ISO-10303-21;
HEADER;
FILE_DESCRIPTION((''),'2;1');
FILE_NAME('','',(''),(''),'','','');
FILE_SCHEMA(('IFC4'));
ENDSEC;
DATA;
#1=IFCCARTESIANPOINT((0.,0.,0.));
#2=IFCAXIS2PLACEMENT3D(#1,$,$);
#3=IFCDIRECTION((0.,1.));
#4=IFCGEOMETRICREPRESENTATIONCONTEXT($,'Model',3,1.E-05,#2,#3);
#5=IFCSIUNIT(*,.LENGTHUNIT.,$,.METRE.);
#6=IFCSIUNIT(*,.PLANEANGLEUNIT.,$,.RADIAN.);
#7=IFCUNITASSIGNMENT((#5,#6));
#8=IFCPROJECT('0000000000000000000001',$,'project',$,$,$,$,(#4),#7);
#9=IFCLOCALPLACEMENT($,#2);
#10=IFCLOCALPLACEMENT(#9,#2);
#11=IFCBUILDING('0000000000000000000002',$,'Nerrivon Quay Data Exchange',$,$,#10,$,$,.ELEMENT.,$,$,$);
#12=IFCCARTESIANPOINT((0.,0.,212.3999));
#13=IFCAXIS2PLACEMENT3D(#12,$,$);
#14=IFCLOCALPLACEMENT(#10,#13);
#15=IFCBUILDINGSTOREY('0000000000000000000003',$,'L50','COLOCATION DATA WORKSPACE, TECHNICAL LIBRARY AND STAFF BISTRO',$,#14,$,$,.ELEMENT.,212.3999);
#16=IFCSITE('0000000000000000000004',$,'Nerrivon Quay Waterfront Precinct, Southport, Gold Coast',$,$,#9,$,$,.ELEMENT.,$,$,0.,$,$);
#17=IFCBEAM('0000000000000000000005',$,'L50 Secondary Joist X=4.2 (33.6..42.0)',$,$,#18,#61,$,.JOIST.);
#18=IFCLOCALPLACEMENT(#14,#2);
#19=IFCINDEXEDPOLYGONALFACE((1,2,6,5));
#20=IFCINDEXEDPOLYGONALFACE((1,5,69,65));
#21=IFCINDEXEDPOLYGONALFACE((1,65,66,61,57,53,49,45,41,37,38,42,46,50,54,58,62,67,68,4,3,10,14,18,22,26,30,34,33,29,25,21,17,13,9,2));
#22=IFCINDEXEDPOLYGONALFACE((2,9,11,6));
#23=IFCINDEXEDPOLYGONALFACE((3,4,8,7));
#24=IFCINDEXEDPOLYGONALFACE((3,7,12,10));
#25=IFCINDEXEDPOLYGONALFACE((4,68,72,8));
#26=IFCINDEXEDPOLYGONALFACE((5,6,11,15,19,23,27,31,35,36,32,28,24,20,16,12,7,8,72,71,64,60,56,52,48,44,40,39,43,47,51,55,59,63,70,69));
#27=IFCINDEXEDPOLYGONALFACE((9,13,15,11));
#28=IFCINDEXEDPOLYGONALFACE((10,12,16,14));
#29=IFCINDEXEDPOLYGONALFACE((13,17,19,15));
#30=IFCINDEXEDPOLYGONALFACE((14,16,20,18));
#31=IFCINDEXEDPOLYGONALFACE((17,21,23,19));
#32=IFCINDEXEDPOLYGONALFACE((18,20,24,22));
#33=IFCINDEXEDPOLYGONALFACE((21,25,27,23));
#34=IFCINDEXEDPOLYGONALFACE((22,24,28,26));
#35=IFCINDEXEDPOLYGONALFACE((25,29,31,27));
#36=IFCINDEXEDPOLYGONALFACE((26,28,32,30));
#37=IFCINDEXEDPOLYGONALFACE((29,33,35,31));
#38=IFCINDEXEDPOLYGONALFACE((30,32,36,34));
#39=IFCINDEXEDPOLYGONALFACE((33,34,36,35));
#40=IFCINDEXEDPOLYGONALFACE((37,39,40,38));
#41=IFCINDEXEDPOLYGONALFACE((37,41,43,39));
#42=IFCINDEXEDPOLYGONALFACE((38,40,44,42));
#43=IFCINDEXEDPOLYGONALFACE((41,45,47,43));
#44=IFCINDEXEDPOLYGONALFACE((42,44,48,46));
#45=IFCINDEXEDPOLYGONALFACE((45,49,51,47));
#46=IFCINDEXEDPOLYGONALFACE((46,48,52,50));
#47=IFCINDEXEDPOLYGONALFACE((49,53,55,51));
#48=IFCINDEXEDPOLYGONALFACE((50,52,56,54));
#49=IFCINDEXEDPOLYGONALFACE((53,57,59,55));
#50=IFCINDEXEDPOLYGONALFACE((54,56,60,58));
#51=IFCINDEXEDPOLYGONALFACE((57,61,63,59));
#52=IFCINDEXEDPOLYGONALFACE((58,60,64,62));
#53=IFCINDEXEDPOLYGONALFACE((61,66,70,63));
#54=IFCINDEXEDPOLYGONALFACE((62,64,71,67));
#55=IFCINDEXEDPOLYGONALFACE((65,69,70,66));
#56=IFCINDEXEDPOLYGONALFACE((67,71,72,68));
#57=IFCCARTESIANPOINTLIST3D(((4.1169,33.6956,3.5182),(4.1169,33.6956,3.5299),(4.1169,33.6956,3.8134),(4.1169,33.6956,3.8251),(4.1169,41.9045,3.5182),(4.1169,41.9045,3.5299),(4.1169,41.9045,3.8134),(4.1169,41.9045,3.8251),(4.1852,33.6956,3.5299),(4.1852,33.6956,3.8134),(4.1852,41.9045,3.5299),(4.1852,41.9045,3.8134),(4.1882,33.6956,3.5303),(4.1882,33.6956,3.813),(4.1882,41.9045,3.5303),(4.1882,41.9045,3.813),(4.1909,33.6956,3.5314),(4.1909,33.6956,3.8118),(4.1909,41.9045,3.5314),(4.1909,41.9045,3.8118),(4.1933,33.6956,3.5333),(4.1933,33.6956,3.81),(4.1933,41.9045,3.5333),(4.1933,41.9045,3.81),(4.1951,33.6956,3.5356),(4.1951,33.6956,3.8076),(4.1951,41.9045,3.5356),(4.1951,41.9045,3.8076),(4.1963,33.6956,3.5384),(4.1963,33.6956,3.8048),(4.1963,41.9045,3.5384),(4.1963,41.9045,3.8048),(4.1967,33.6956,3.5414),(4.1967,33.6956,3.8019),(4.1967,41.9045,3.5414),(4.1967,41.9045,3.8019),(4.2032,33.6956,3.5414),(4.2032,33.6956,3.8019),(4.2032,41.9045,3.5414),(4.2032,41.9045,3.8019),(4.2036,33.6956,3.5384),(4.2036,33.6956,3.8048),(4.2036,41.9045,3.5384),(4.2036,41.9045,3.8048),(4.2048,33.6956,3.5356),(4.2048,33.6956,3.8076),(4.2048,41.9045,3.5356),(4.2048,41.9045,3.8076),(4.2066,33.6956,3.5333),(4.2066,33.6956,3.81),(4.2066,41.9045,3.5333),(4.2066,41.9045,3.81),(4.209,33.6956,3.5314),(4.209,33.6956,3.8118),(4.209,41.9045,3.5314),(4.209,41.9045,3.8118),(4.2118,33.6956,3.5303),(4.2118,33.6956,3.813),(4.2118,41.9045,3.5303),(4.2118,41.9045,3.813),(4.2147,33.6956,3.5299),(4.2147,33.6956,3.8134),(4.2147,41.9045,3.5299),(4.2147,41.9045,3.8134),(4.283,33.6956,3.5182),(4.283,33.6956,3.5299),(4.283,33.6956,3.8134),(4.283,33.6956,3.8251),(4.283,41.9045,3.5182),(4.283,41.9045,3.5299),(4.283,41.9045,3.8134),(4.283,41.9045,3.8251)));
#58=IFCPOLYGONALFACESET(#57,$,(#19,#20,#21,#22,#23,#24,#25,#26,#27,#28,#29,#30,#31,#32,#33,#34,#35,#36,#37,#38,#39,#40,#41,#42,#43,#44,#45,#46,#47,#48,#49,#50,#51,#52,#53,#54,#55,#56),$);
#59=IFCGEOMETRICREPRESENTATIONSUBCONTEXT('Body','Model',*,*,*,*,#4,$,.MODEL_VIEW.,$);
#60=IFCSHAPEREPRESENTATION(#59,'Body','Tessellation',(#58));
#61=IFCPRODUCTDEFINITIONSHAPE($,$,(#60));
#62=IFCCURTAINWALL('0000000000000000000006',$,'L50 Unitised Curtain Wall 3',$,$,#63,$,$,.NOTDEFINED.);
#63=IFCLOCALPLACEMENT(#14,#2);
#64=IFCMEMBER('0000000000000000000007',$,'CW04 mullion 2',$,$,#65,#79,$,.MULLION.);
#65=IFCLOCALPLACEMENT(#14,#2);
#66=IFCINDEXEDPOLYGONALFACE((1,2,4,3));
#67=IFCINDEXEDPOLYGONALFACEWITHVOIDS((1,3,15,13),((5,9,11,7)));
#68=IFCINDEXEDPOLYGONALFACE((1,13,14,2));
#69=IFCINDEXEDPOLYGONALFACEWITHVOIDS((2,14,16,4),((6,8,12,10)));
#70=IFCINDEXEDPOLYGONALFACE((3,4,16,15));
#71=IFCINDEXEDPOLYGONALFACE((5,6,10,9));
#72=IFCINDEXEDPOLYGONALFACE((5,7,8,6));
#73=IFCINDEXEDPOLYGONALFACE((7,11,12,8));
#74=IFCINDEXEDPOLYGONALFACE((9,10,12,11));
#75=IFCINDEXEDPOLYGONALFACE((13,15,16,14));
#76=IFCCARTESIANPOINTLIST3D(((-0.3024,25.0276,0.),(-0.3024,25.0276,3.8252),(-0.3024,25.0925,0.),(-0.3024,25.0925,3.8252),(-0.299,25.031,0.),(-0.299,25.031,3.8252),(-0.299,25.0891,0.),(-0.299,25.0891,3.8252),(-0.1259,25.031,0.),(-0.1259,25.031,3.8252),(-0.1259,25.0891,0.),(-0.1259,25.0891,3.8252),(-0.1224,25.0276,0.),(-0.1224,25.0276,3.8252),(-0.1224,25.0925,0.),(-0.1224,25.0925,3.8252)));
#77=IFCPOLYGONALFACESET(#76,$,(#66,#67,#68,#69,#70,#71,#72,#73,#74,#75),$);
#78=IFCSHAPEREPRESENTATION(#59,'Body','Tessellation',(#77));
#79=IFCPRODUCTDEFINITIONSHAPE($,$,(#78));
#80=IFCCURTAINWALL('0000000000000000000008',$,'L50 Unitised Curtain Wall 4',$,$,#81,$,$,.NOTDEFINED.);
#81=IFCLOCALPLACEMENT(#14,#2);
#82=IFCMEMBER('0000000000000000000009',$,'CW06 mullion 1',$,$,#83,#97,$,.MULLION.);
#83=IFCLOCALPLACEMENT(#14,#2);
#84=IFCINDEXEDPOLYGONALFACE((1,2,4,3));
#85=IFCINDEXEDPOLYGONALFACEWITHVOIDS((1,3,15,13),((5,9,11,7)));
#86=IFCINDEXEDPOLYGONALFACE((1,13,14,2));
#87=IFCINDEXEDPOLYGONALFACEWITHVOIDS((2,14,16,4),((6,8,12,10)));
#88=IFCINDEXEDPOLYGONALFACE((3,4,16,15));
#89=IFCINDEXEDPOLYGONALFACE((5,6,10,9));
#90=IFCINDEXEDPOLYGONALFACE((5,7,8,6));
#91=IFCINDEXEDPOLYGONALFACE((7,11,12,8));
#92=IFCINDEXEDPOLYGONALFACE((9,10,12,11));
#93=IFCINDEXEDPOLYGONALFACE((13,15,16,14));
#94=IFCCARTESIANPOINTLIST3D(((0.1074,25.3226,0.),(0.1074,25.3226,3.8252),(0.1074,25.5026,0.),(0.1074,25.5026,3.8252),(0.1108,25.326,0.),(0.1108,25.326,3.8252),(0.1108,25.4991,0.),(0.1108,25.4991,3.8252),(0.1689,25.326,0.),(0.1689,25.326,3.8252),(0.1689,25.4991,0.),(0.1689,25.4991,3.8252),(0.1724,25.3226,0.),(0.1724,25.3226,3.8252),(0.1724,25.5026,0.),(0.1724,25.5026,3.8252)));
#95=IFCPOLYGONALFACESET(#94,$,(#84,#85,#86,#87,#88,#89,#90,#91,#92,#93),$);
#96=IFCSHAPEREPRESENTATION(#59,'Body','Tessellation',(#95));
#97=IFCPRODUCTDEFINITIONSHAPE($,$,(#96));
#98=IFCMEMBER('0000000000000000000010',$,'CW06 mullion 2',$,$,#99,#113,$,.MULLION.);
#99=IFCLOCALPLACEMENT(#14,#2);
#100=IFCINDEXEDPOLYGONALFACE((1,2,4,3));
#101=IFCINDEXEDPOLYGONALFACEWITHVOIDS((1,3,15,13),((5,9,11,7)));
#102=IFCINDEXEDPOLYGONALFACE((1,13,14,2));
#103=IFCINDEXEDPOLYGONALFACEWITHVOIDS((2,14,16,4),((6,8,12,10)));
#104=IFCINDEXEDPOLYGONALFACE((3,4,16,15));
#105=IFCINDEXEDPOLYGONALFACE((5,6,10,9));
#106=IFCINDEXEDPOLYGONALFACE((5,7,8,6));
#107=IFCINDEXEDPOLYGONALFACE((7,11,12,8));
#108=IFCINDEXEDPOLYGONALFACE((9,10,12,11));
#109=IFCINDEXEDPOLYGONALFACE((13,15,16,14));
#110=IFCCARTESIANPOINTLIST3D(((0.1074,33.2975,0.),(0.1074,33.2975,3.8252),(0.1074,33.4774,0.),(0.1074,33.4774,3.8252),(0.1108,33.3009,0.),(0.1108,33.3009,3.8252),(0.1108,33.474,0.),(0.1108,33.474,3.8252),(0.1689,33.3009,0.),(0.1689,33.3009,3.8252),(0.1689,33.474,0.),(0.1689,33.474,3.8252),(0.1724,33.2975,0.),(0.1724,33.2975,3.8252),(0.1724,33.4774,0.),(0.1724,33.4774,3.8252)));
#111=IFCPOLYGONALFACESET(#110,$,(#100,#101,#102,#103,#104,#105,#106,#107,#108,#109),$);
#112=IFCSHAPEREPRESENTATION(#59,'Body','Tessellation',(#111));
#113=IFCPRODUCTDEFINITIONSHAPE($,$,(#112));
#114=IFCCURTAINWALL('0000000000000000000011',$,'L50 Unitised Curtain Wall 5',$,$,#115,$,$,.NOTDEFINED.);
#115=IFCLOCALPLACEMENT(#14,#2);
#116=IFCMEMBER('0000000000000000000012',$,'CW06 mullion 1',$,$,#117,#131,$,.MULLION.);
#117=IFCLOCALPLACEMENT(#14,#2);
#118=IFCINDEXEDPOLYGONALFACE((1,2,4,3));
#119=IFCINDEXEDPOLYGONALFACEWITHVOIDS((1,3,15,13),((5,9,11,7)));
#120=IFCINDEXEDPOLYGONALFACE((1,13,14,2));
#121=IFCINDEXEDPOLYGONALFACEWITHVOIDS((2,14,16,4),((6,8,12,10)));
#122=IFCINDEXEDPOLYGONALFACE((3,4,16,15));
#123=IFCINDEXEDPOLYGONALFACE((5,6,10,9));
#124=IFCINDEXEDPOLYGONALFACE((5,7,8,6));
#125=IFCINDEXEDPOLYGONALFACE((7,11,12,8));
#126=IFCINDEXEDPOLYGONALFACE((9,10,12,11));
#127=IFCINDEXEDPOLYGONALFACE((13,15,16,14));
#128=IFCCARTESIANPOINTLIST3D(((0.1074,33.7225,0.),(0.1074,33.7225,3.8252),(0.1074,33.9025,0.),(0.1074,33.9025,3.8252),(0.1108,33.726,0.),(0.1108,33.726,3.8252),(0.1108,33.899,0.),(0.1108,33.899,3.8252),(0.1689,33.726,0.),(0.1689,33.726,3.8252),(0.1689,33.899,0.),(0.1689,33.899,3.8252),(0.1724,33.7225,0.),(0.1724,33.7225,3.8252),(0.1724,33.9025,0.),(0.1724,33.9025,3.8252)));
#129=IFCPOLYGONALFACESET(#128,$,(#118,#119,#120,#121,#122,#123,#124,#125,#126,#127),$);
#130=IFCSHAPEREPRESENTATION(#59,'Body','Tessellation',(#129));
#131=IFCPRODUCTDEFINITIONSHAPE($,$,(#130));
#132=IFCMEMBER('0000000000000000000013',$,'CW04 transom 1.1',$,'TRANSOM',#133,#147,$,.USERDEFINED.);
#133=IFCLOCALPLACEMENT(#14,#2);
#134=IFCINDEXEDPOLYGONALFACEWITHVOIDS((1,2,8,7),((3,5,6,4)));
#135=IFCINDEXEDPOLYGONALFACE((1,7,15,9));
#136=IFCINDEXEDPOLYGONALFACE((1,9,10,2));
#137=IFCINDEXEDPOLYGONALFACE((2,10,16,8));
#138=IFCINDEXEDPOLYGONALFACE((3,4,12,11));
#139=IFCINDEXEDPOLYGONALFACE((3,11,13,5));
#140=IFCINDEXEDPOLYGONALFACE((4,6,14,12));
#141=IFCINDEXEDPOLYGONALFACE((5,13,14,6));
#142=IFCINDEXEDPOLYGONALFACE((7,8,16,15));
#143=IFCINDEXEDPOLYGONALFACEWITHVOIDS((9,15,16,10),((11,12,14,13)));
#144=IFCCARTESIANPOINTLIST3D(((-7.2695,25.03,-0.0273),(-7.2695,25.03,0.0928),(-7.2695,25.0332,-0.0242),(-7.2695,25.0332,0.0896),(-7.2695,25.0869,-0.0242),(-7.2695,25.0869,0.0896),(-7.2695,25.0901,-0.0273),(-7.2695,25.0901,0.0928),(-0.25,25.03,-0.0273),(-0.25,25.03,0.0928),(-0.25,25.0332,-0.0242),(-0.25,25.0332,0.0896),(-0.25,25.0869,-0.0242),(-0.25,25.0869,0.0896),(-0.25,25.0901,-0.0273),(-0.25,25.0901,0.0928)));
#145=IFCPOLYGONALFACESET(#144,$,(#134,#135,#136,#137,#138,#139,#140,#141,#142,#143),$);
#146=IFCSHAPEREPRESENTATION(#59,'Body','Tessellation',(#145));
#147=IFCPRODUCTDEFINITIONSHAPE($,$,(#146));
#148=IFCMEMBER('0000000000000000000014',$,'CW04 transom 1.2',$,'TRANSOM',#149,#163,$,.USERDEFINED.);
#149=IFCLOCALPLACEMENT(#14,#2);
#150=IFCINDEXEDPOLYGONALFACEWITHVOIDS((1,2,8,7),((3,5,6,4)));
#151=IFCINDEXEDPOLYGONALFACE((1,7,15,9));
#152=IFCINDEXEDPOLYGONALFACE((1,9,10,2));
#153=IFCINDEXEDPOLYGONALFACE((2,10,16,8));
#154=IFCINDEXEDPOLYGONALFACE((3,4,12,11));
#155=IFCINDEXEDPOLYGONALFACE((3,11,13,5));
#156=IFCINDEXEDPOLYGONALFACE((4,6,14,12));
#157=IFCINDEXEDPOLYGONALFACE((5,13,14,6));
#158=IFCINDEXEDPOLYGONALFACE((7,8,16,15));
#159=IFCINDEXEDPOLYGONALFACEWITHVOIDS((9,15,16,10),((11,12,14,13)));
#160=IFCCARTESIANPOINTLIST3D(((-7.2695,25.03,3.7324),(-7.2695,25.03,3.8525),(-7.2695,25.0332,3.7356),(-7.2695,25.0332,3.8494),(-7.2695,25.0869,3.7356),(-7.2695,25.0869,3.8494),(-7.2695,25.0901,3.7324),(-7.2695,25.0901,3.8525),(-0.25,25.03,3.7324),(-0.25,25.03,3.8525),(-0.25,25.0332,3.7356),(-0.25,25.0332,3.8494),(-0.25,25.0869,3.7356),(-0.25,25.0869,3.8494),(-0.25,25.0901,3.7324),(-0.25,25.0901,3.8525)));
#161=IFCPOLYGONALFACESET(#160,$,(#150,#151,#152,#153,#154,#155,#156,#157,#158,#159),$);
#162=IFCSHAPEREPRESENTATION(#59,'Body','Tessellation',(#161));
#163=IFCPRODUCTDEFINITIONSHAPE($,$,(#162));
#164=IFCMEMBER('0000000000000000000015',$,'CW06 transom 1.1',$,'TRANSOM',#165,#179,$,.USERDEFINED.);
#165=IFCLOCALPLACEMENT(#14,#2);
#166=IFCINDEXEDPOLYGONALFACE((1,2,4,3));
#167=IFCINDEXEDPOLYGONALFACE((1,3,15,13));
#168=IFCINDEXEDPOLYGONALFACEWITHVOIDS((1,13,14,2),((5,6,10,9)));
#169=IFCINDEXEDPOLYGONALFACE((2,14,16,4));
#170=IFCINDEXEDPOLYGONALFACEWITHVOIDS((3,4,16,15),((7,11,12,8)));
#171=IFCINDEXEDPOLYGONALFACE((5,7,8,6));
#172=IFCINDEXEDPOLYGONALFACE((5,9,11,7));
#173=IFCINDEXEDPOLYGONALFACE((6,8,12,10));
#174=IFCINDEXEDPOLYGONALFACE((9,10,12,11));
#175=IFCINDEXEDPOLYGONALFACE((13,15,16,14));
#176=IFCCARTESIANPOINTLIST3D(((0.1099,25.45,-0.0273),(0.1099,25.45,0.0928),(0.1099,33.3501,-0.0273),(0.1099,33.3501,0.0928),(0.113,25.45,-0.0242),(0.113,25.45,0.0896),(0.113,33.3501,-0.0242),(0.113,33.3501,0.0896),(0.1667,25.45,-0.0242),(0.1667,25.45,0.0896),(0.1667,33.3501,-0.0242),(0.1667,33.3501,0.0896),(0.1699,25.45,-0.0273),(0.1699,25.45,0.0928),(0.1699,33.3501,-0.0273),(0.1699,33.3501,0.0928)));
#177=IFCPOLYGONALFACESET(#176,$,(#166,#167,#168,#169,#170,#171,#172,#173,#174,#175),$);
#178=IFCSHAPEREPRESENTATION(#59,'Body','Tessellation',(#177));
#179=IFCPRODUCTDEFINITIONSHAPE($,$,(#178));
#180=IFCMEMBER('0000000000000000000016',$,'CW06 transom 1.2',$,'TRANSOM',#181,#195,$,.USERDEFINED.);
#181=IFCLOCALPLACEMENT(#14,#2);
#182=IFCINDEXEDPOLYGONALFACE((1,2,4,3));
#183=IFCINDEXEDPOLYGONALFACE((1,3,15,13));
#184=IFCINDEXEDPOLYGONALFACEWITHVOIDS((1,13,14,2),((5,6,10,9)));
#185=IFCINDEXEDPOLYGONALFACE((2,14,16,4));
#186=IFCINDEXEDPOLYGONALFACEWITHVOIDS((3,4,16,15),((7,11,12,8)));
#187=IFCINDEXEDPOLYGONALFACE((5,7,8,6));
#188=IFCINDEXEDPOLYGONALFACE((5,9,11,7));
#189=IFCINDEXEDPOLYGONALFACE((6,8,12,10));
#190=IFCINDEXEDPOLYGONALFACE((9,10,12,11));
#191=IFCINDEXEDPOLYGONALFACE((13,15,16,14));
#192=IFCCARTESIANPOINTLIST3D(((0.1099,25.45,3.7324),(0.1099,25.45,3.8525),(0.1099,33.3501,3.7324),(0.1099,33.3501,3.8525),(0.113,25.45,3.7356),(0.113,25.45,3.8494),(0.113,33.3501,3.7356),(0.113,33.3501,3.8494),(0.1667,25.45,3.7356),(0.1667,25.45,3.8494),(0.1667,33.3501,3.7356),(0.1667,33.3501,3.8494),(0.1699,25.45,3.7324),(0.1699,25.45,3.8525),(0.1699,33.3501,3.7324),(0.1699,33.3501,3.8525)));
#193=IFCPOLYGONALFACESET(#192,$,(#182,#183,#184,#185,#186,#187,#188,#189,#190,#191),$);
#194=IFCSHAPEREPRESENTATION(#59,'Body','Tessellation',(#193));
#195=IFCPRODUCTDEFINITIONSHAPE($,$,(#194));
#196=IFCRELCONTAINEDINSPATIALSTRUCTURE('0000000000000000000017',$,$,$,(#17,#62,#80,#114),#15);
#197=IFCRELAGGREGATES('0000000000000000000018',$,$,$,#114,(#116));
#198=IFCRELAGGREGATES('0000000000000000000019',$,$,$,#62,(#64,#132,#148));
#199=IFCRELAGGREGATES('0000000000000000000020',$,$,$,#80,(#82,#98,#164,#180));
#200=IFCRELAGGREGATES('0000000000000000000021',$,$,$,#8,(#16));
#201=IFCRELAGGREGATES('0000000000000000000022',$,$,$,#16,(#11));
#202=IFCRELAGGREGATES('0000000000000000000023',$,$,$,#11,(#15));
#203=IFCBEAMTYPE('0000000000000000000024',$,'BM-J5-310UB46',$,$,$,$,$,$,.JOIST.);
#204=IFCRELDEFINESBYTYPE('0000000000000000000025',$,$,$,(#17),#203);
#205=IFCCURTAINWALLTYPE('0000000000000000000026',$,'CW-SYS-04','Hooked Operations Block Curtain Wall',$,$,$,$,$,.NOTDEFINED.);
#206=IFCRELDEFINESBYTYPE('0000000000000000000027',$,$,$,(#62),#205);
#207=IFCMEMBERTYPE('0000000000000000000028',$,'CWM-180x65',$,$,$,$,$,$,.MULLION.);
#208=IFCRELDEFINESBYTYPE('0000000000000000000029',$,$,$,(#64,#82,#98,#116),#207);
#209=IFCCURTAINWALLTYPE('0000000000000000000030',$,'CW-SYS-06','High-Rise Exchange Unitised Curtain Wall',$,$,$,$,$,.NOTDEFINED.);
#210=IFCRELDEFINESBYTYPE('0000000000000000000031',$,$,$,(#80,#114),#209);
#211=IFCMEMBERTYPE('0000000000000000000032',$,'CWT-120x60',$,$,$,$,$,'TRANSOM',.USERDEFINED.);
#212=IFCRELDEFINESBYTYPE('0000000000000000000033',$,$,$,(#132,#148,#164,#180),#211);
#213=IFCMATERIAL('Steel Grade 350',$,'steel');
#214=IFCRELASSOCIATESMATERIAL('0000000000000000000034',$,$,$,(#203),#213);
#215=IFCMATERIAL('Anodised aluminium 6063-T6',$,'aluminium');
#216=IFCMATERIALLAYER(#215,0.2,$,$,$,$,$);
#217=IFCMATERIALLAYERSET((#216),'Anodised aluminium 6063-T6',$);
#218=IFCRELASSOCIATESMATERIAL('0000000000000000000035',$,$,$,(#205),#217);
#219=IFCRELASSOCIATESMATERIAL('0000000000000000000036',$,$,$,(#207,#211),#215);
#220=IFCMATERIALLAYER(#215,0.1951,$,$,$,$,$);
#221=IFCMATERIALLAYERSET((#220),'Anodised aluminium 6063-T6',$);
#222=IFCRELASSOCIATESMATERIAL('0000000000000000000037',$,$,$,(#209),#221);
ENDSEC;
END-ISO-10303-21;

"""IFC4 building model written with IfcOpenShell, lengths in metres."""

from ifc_helpers import new_model, si_unit, direction, frame, origin, origin_2d, place, context, subcontext, project, spatial, hollow_rectangle, i_section, extrude, material, layer, layer_set, material_profile, profile_set, type_object, element, aggregate, save


model = new_model("IFC4")

# Units and contexts
model_context = context("Model", 3, precision=1e-05, world=origin(), true_north=direction((0.0, 1.0)))
body_context = subcontext(model_context, "Body", "Model", "MODEL_VIEW")
ifc_project = project(units=[si_unit("LENGTHUNIT", "METRE"), si_unit("PLANEANGLEUNIT", "RADIAN")], contexts=[model_context])

# Site, building, storey
site_placement = place(None, origin())
site = spatial("IfcSite", under=ifc_project, at=site_placement, Name="Nerrivon Quay Waterfront Precinct, Southport, Gold Coast", CompositionType="ELEMENT", RefElevation=0.0)
building_placement = place(site_placement, origin())
building = spatial("IfcBuilding", under=site, at=building_placement, Name="Nerrivon Quay Data Exchange", CompositionType="ELEMENT")
storey_placement = place(building_placement, frame((0.0, 0.0, 212.3999)))
storey = spatial("IfcBuildingStorey", under=building, at=storey_placement, Name="L50", Description="COLOCATION DATA WORKSPACE, TECHNICAL LIBRARY AND STAFF BISTRO", CompositionType="ELEMENT", Elevation=212.3999)

# Shared definitions
ifc_material_1 = material(Name="Steel Grade 350", Category="steel")

# Beam
ifc_material_profile_1 = material_profile(ifc_material_1, i_section(OverallWidth=0.166, OverallDepth=0.3069, WebThickness=0.0066, FlangeThickness=0.0117, FilletRadius=0.0115, at=origin_2d()), Name="310UB46.2")
ifc_profile_set_1 = profile_set([ifc_material_profile_1], Name="Steel Grade 350")
beam_type_1 = type_object("IfcBeamType", Name="BM-J5-310UB46", PredefinedType="JOIST", material=ifc_profile_set_1)
beam_1_placement = place(storey_placement, frame((4.2, 33.6956, 3.6716), z_axis=(0.0, 1.0, 0.0), x_axis=(-1.0, 0.0, 0.0)))
element("IfcBeam", 1, at=beam_1_placement, inside=storey, type_object=beam_type_1, Name="L50 Secondary Joist X=4.2 (33.6..42.0)", PredefinedType="JOIST", context=body_context, shape_type="SweptSolid", body=[
    extrude(i_section(OverallWidth=0.166, OverallDepth=0.3069, WebThickness=0.0066, FlangeThickness=0.0117, FilletRadius=0.0115, at=origin_2d()), origin(), (0.0, 0.0, 1.0), 8.209),
])

# Curtain wall, member
ifc_material_2 = material(Name="Anodised aluminium 6063-T6", Category="aluminium")
ifc_layer_1 = layer(ifc_material_2, 0.2)
ifc_layer_set_1 = layer_set([ifc_layer_1], Name="Anodised aluminium 6063-T6")
curtain_wall_type_1 = type_object("IfcCurtainWallType", Name="CW-SYS-04", Description="Hooked Operations Block Curtain Wall", PredefinedType="NOTDEFINED", material=ifc_layer_set_1)
curtain_wall_1_placement = place(storey_placement, origin())
curtain_wall_1 = element("IfcCurtainWall", 2, at=curtain_wall_1_placement, inside=storey, type_object=curtain_wall_type_1, Name="L50 Unitised Curtain Wall 3", PredefinedType="NOTDEFINED")
ifc_material_profile_2 = material_profile(ifc_material_2, hollow_rectangle(XDim=0.0649, YDim=0.1799, WallThickness=0.0034, at=origin_2d()), Name="ALU-MULL-180x65")
ifc_profile_set_2 = profile_set([ifc_material_profile_2], Name="Anodised aluminium 6063-T6")
member_type_1 = type_object("IfcMemberType", Name="CWM-180x65", PredefinedType="MULLION", material=ifc_profile_set_2)
member_1_placement = place(storey_placement, frame((-0.2124, 25.0601, 0.0), z_axis=(0.0, 0.0, 1.0), x_axis=(0.0, 1.0, 0.0)))
member_1 = element("IfcMember", 3, at=member_1_placement, type_object=member_type_1, Name="CW04 mullion 2", PredefinedType="MULLION", context=body_context, shape_type="SweptSolid", body=[
    extrude(hollow_rectangle(XDim=0.0649, YDim=0.1799, WallThickness=0.0034, at=origin_2d()), origin(), (0.0, 0.0, 1.0), 3.8252),
])

# Curtain wall, members
ifc_layer_2 = layer(ifc_material_2, 0.1951)
ifc_layer_set_2 = layer_set([ifc_layer_2], Name="Anodised aluminium 6063-T6")
curtain_wall_type_2 = type_object("IfcCurtainWallType", Name="CW-SYS-06", Description="High-Rise Exchange Unitised Curtain Wall", PredefinedType="NOTDEFINED", material=ifc_layer_set_2)
curtain_wall_2_placement = place(storey_placement, origin())
curtain_wall_2 = element("IfcCurtainWall", 4, at=curtain_wall_2_placement, inside=storey, type_object=curtain_wall_type_2, Name="L50 Unitised Curtain Wall 4", PredefinedType="NOTDEFINED")
member_2_placement = place(storey_placement, frame((0.1399, 25.4126, 0.0), z_axis=(0.0, 0.0, 1.0), x_axis=(-1.0, 0.0, 0.0)))
member_2 = element("IfcMember", 5, at=member_2_placement, type_object=member_type_1, Name="CW06 mullion 1", PredefinedType="MULLION", context=body_context, shape_type="SweptSolid", body=[
    extrude(hollow_rectangle(XDim=0.0649, YDim=0.1799, WallThickness=0.0034, at=origin_2d()), origin(), (0.0, 0.0, 1.0), 3.8252),
])
member_3_placement = place(storey_placement, frame((0.1399, 33.3875, 0.0), z_axis=(0.0, 0.0, 1.0), x_axis=(-1.0, 0.0, 0.0)))
member_3 = element("IfcMember", 6, at=member_3_placement, type_object=member_type_1, Name="CW06 mullion 2", PredefinedType="MULLION", context=body_context, shape_type="SweptSolid", body=[
    extrude(hollow_rectangle(XDim=0.0649, YDim=0.1799, WallThickness=0.0034, at=origin_2d()), origin(), (0.0, 0.0, 1.0), 3.8252),
])

# Curtain wall, member
curtain_wall_3_placement = place(storey_placement, origin())
curtain_wall_3 = element("IfcCurtainWall", 7, at=curtain_wall_3_placement, inside=storey, type_object=curtain_wall_type_2, Name="L50 Unitised Curtain Wall 5", PredefinedType="NOTDEFINED")
member_4_placement = place(storey_placement, frame((0.1399, 33.8125, 0.0), z_axis=(0.0, 0.0, 1.0), x_axis=(-1.0, 0.0, 0.0)))
member_4 = element("IfcMember", 8, at=member_4_placement, type_object=member_type_1, Name="CW06 mullion 1", PredefinedType="MULLION", context=body_context, shape_type="SweptSolid", body=[
    extrude(hollow_rectangle(XDim=0.0649, YDim=0.1799, WallThickness=0.0034, at=origin_2d()), origin(), (0.0, 0.0, 1.0), 3.8252),
])

# Members
ifc_material_profile_3 = material_profile(ifc_material_2, hollow_rectangle(XDim=0.0601, YDim=0.1201, WallThickness=0.0032, at=origin_2d()), Name="ALU-TRAN-120x60")
ifc_profile_set_3 = profile_set([ifc_material_profile_3], Name="Anodised aluminium 6063-T6")
member_type_2 = type_object("IfcMemberType", Name="CWT-120x60", ElementType="TRANSOM", PredefinedType="USERDEFINED", material=ifc_profile_set_3)
member_5_placement = place(storey_placement, frame((-7.2695, 25.0601, 0.0327), z_axis=(1.0, 0.0, 0.0), x_axis=(0.0, 1.0, 0.0)))
member_5 = element("IfcMember", 9, at=member_5_placement, type_object=member_type_2, Name="CW04 transom 1.1", ObjectType="TRANSOM", PredefinedType="USERDEFINED", context=body_context, shape_type="SweptSolid", body=[
    extrude(hollow_rectangle(XDim=0.0601, YDim=0.1201, WallThickness=0.0032, at=origin_2d()), origin(), (0.0, 0.0, 1.0), 7.0195),
])
member_6_placement = place(storey_placement, frame((-7.2695, 25.0601, 3.7925), z_axis=(1.0, 0.0, 0.0), x_axis=(0.0, 1.0, 0.0)))
member_6 = element("IfcMember", 10, at=member_6_placement, type_object=member_type_2, Name="CW04 transom 1.2", ObjectType="TRANSOM", PredefinedType="USERDEFINED", context=body_context, shape_type="SweptSolid", body=[
    extrude(hollow_rectangle(XDim=0.0601, YDim=0.1201, WallThickness=0.0032, at=origin_2d()), origin(), (0.0, 0.0, 1.0), 7.0195),
])
member_7_placement = place(storey_placement, frame((0.1399, 25.45, 0.0327), z_axis=(0.0, 1.0, 0.0), x_axis=(-1.0, 0.0, 0.0)))
member_7 = element("IfcMember", 11, at=member_7_placement, type_object=member_type_2, Name="CW06 transom 1.1", ObjectType="TRANSOM", PredefinedType="USERDEFINED", context=body_context, shape_type="SweptSolid", body=[
    extrude(hollow_rectangle(XDim=0.0601, YDim=0.1201, WallThickness=0.0032, at=origin_2d()), origin(), (0.0, 0.0, 1.0), 7.9001),
])
member_8_placement = place(storey_placement, frame((0.1399, 25.45, 3.7925), z_axis=(0.0, 1.0, 0.0), x_axis=(-1.0, 0.0, 0.0)))
member_8 = element("IfcMember", 12, at=member_8_placement, type_object=member_type_2, Name="CW06 transom 1.2", ObjectType="TRANSOM", PredefinedType="USERDEFINED", context=body_context, shape_type="SweptSolid", body=[
    extrude(hollow_rectangle(XDim=0.0601, YDim=0.1201, WallThickness=0.0032, at=origin_2d()), origin(), (0.0, 0.0, 1.0), 7.9001),
])
aggregate(curtain_wall_3, [member_4])

aggregate(curtain_wall_1, [member_1, member_5, member_6])
aggregate(curtain_wall_2, [member_2, member_3, member_7, member_8])

save(model, "model.ifc")
